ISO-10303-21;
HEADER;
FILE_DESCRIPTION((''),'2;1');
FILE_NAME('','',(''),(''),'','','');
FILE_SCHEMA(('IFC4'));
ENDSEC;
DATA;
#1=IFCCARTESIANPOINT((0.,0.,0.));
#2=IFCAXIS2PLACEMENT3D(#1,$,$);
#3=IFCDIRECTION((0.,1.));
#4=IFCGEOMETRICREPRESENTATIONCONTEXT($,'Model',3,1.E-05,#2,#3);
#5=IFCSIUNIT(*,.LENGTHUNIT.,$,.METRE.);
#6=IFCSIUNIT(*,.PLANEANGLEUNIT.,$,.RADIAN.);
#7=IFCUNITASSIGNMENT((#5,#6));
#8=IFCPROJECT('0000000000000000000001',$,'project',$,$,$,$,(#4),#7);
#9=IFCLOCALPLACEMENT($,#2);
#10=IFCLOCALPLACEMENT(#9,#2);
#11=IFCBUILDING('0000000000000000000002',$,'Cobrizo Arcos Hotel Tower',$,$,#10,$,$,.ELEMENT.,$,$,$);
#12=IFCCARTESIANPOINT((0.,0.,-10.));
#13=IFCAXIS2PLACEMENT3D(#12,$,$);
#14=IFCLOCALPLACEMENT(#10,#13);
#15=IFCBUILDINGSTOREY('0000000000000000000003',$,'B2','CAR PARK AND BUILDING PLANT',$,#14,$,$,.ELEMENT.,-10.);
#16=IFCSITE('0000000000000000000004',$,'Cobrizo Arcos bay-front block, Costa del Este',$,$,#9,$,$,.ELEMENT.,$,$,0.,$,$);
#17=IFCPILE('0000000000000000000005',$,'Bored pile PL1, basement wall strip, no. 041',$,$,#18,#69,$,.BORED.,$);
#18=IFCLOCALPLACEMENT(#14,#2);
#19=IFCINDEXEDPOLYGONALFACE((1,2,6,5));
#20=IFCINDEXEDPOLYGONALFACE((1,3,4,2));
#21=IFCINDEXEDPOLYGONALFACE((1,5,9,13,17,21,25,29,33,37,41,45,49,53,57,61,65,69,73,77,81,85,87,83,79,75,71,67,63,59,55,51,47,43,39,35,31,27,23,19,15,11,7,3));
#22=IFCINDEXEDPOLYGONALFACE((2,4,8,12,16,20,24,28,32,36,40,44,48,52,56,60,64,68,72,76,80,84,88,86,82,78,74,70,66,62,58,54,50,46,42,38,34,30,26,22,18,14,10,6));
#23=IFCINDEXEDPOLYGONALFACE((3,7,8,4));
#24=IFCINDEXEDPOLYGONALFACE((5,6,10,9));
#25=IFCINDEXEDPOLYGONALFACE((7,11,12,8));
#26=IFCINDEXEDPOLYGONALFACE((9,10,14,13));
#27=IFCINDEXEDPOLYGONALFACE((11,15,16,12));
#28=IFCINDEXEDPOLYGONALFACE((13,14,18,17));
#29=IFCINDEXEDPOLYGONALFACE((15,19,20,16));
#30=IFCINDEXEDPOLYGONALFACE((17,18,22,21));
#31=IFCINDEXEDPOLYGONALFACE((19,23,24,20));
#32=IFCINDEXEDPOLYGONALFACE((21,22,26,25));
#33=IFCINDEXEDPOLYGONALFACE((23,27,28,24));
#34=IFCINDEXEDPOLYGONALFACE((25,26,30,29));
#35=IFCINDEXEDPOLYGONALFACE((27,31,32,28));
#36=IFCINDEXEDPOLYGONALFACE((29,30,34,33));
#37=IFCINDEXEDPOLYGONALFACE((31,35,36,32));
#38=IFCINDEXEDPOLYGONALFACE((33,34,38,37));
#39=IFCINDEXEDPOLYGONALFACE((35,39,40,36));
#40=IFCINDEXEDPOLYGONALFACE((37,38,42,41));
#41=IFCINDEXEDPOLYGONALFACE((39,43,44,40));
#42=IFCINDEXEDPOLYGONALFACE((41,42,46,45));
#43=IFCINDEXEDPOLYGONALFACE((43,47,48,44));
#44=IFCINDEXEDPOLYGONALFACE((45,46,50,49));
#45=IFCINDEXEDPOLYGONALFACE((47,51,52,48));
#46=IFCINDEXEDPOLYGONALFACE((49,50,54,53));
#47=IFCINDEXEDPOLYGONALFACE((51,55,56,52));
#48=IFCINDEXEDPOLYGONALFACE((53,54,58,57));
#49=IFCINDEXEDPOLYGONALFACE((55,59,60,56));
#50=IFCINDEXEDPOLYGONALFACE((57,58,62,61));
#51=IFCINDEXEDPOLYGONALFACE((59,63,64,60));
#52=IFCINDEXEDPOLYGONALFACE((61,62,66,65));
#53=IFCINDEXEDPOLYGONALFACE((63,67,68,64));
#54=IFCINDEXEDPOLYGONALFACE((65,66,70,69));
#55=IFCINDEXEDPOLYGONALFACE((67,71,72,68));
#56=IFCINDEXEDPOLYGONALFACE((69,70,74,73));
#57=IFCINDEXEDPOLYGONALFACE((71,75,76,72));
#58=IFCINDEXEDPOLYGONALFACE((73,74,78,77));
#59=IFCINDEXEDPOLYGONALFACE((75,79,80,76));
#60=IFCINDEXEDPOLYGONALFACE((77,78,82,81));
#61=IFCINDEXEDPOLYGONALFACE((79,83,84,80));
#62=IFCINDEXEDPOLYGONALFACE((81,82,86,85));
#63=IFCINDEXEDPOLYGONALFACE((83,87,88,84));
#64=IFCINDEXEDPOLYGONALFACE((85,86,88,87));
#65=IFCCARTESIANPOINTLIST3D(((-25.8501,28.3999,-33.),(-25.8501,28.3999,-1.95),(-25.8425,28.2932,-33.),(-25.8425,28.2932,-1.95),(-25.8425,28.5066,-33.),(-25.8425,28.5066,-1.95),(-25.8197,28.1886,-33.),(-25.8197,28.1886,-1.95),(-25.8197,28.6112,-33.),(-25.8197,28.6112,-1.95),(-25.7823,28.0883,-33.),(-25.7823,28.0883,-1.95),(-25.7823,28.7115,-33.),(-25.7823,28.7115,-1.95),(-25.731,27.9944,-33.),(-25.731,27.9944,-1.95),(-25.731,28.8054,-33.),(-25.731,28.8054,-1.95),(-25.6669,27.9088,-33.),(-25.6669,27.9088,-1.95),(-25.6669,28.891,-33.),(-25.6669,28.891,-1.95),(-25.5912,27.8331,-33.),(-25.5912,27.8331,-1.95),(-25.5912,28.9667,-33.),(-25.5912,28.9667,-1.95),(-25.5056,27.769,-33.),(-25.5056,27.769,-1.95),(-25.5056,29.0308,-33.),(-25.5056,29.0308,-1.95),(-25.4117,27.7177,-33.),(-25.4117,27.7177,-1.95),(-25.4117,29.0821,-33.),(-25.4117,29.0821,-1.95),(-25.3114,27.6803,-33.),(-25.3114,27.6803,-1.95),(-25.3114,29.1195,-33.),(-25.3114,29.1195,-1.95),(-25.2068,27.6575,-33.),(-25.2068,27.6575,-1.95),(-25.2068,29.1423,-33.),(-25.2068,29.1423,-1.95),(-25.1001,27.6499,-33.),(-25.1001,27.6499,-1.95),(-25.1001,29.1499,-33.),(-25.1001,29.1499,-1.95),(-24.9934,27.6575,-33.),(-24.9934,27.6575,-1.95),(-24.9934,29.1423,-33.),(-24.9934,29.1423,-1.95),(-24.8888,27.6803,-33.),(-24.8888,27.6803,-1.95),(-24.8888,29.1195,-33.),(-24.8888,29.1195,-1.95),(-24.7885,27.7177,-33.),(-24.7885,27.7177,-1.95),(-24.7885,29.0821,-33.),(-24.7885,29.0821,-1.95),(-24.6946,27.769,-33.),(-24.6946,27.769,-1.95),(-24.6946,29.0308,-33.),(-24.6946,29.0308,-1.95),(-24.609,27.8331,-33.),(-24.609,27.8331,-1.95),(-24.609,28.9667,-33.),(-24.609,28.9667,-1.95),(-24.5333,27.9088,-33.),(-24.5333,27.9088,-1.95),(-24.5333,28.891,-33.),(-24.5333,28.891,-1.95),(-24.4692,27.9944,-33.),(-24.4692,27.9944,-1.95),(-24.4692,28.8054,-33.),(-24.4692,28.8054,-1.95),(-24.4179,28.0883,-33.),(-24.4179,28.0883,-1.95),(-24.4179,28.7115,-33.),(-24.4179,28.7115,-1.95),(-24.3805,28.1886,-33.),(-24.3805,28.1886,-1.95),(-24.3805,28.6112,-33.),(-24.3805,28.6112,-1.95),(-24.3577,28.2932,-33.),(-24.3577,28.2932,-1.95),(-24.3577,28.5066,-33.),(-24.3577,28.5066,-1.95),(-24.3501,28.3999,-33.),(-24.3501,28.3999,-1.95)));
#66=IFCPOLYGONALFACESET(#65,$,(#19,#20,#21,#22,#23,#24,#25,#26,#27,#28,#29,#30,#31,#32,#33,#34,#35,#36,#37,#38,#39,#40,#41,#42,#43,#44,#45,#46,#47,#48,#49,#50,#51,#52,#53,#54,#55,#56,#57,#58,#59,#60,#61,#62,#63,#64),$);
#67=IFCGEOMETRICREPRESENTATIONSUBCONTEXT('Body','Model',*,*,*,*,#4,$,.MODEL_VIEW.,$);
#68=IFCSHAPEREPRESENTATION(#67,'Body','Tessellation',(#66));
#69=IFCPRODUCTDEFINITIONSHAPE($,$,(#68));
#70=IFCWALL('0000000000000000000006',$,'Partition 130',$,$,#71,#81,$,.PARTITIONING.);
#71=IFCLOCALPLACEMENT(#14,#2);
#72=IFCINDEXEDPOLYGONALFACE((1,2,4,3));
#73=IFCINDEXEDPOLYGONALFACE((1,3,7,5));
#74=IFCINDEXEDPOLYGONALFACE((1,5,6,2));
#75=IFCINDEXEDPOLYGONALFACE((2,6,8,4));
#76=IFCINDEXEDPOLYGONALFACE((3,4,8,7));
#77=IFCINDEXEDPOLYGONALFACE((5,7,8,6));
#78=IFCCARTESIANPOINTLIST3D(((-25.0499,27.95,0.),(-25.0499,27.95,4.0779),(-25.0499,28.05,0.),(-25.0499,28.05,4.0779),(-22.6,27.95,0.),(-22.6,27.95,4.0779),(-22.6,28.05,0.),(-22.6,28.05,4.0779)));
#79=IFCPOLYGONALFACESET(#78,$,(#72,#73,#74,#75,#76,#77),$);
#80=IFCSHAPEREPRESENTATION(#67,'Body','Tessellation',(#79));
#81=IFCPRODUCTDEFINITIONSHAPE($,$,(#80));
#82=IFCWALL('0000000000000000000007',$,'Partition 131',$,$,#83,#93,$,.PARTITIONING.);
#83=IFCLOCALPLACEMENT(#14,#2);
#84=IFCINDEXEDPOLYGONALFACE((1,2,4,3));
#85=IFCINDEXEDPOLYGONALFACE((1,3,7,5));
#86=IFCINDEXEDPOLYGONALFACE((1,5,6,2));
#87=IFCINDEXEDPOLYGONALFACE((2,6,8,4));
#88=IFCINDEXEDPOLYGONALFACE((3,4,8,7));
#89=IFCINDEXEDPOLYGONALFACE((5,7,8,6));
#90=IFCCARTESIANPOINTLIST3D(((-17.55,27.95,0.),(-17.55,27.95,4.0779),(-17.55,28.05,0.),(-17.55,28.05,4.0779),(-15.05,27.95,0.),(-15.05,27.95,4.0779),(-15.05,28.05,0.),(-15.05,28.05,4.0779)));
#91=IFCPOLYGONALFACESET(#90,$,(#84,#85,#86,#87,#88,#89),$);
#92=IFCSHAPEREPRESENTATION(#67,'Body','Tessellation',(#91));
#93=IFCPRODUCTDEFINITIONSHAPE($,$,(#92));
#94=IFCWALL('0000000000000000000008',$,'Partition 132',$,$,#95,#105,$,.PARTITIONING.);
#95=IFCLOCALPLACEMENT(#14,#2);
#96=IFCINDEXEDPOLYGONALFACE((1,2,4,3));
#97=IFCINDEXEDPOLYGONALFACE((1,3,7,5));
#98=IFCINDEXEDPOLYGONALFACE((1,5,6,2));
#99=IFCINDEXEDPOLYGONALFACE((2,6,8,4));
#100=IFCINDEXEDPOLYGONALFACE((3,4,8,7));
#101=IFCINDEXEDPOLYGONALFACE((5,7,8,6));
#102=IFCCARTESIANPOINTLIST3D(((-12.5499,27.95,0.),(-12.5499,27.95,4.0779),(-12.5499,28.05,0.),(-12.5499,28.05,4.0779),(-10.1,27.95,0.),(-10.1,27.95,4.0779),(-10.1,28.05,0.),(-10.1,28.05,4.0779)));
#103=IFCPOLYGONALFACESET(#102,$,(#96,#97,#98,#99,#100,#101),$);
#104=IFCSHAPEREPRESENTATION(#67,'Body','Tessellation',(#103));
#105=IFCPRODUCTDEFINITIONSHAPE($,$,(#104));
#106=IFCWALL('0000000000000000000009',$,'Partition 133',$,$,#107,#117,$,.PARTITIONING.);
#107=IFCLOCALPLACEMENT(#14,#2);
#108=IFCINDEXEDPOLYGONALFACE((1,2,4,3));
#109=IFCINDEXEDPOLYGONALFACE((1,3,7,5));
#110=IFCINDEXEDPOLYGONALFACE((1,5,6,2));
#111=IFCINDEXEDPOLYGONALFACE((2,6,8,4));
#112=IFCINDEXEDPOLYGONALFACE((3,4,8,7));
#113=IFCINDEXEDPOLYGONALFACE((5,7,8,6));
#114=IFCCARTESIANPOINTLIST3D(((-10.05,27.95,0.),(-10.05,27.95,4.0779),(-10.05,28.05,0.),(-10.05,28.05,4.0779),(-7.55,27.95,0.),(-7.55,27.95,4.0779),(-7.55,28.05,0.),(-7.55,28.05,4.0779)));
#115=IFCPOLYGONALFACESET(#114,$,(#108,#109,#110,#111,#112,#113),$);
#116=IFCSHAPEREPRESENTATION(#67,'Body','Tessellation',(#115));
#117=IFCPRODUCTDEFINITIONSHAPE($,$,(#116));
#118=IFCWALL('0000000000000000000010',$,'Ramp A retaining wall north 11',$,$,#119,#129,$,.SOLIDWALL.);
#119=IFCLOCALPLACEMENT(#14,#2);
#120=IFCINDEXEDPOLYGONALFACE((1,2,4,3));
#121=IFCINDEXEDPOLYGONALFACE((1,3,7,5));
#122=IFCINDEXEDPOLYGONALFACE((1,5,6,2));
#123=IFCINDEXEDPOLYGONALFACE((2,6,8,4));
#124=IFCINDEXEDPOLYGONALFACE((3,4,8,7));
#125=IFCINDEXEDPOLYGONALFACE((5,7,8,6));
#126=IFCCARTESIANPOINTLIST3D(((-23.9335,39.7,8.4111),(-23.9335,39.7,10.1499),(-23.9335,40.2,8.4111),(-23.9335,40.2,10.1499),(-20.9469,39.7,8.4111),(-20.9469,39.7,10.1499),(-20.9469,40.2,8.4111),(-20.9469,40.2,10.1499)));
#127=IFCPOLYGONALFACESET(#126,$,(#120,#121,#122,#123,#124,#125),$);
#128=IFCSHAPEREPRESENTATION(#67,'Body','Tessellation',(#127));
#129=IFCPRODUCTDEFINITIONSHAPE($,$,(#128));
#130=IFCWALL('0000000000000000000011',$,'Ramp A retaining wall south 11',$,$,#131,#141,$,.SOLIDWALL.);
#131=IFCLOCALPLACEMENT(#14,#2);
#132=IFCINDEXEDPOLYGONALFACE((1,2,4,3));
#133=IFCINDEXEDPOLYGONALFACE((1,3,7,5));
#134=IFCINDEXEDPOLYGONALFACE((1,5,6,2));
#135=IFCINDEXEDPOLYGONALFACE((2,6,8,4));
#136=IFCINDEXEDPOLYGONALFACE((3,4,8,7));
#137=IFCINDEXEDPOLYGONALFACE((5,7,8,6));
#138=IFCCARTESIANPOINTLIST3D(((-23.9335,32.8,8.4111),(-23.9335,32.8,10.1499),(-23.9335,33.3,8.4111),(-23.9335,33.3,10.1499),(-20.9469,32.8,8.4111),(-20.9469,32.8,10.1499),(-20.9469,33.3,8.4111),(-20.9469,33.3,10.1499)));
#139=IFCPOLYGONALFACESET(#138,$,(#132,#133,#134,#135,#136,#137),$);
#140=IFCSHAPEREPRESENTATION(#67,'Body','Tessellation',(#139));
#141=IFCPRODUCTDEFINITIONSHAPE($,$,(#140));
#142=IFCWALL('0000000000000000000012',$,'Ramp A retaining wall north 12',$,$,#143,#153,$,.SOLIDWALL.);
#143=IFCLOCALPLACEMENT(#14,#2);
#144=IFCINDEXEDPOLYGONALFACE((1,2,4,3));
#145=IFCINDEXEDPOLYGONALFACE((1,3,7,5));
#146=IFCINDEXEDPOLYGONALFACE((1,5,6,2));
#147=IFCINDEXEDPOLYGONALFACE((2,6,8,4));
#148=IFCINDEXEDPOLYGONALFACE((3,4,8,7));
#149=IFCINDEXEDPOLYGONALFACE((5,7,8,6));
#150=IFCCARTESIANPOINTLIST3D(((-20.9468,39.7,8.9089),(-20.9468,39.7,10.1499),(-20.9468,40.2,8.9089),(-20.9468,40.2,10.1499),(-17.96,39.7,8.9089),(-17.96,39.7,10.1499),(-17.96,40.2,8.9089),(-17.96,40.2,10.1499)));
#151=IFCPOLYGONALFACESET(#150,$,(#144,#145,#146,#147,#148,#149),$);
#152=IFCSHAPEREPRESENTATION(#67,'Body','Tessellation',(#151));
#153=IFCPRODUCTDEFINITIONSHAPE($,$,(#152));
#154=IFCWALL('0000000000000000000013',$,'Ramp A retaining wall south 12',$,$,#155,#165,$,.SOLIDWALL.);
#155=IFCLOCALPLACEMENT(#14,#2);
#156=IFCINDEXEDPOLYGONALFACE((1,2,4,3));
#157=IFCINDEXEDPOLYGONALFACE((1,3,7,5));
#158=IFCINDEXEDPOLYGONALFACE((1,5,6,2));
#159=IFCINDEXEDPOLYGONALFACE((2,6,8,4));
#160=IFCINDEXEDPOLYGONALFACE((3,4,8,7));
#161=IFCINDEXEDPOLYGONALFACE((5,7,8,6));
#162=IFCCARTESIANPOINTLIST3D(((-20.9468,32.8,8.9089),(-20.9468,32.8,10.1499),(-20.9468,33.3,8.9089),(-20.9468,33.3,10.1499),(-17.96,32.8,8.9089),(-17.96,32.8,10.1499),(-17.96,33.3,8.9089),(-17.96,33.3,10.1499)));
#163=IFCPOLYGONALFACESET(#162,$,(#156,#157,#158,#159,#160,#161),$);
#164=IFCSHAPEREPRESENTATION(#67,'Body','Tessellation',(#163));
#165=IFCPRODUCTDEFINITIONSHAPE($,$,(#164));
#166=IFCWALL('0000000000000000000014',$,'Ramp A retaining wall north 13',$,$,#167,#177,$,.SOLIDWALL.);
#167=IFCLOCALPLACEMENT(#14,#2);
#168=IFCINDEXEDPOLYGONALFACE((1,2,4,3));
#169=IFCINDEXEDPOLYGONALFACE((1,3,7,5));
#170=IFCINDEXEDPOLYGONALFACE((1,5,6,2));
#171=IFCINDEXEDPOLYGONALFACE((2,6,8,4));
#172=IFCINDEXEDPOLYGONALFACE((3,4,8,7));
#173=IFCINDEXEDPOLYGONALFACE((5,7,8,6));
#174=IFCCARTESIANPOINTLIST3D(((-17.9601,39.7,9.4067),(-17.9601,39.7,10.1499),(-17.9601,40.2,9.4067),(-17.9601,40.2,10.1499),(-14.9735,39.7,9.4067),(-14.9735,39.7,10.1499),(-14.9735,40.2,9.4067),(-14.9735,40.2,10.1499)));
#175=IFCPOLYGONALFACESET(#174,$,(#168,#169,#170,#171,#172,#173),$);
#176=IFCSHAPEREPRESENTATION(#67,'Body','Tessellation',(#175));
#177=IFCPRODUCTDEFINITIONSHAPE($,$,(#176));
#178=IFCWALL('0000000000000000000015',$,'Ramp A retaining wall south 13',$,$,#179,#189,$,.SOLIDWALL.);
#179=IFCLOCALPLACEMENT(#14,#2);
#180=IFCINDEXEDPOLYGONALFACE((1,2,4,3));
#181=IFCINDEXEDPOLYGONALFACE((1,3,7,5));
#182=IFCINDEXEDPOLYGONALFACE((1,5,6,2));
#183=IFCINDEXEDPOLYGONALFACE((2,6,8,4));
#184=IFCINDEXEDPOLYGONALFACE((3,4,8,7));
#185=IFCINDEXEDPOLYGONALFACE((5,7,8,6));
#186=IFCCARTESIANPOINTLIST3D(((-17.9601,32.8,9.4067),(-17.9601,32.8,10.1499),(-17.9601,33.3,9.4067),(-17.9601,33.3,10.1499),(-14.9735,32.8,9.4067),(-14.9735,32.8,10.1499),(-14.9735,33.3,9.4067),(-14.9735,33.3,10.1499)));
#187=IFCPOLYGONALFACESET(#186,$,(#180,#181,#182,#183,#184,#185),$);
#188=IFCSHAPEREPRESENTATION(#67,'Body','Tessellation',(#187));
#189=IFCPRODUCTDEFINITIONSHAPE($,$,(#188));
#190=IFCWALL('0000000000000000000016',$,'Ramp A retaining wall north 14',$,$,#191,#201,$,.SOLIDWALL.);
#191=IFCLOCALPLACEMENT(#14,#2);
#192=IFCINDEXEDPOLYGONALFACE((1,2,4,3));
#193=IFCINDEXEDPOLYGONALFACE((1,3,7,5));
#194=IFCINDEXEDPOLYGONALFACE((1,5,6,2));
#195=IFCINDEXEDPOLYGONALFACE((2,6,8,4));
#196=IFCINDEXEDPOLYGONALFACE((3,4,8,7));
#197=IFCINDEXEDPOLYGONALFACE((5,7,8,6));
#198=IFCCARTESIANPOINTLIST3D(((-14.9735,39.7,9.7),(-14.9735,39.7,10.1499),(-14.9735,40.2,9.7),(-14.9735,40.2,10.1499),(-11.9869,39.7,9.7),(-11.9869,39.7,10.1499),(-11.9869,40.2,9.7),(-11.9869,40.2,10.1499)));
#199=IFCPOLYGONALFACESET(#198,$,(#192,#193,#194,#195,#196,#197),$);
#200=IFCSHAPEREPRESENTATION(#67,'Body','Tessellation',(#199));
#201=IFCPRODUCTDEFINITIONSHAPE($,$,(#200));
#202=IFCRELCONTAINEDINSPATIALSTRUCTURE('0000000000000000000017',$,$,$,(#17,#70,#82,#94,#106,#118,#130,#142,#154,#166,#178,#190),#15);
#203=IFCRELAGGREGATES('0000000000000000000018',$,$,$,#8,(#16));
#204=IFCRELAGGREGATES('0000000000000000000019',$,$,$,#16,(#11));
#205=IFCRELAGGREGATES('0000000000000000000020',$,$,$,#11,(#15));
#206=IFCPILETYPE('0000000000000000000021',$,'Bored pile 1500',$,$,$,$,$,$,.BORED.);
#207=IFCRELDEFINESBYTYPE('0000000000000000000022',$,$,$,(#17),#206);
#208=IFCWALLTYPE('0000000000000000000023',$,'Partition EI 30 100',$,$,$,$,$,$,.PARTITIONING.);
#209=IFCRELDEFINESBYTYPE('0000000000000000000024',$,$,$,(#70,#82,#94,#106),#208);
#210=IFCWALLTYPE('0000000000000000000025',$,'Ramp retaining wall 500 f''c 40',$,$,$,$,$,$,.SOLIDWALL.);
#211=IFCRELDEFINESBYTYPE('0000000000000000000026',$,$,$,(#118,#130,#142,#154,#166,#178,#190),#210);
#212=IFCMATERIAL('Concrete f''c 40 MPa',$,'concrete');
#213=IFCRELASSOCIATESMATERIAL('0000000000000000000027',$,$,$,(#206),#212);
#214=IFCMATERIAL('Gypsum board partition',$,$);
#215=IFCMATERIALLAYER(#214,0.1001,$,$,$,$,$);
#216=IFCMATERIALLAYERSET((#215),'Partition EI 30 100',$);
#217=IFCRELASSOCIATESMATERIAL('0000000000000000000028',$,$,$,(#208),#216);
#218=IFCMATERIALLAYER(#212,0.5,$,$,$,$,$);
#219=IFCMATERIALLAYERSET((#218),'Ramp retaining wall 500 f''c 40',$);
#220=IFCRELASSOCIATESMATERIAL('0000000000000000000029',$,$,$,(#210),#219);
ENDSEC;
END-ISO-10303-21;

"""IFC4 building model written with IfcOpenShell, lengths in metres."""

from ifc_helpers import new_model, si_unit, direction, frame, frame_2d, origin, origin_2d, place, context, subcontext, project, spatial, rectangle, circle, extrude, material, layer, layer_set, material_profile, profile_set, type_object, element, save


model = new_model("IFC4")

# Units and contexts
model_context = context("Model", 3, precision=1e-05, world=origin(), true_north=direction((0.0, 1.0)))
body_context = subcontext(model_context, "Body", "Model", "MODEL_VIEW")
ifc_project = project(units=[si_unit("LENGTHUNIT", "METRE"), si_unit("PLANEANGLEUNIT", "RADIAN")], contexts=[model_context])

# Site, building, storey
site_placement = place(None, origin())
site = spatial("IfcSite", under=ifc_project, at=site_placement, Name="Cobrizo Arcos bay-front block, Costa del Este", CompositionType="ELEMENT", RefElevation=0.0)
building_placement = place(site_placement, origin())
building = spatial("IfcBuilding", under=site, at=building_placement, Name="Cobrizo Arcos Hotel Tower", CompositionType="ELEMENT")
storey_placement = place(building_placement, frame((0.0, 0.0, -10.0)))
storey = spatial("IfcBuildingStorey", under=building, at=storey_placement, Name="B2", Description="CAR PARK AND BUILDING PLANT", CompositionType="ELEMENT", Elevation=-10.0)

# Pile
ifc_material_1 = material(Name="Concrete f'c 40 MPa", Category="concrete")
ifc_material_profile = material_profile(ifc_material_1, circle(Radius=0.75, at=origin_2d()), Name="BORED PILE 1500")
ifc_profile_set = profile_set([ifc_material_profile], Name="Concrete f'c 40 MPa")
pile_type = type_object("IfcPileType", Name="Bored pile 1500", PredefinedType="BORED", material=ifc_profile_set)
for number, where, z_axis, x_axis, name in (
    (1, (-25.1001, 28.3999, -1.95), (0.0, 0.0, -1.0), (1.0, 0.0, 0.0), "Bored pile PL1, basement wall strip, no. 041"),
):
    element("IfcPile", number, at=place(storey_placement, frame(where, z_axis=z_axis, x_axis=x_axis)), inside=storey, type_object=pile_type, Name=name, PredefinedType="BORED", context=body_context, shape_type="SweptSolid", body=[
        extrude(circle(Radius=0.75, at=origin_2d()), origin(), (0.0, 0.0, 1.0), 31.05),
    ])

# Walls
ifc_material_2 = material(Name="Gypsum board partition")
ifc_layer_1 = layer(ifc_material_2, 0.1001)
ifc_layer_set_1 = layer_set([ifc_layer_1], Name="Partition EI 30 100")
wall_type_1 = type_object("IfcWallType", Name="Partition EI 30 100", PredefinedType="PARTITIONING", material=ifc_layer_set_1)
wall_1_placement = place(storey_placement, frame((-25.05, 28.0, 0.0), z_axis=(0.0, 0.0, 1.0), x_axis=(1.0, 0.0, 0.0)))
element("IfcWall", 2, at=wall_1_placement, inside=storey, type_object=wall_type_1, Name="Partition 130", PredefinedType="PARTITIONING", context=body_context, shape_type="SweptSolid", body=[
    extrude(rectangle(XDim=2.45, YDim=0.1001, at=frame_2d((1.2251, 0.0))), origin(), (0.0, 0.0, 1.0), 4.0779),
])
wall_2_placement = place(storey_placement, frame((-17.55, 28.0, 0.0), z_axis=(0.0, 0.0, 1.0), x_axis=(1.0, 0.0, 0.0)))
element("IfcWall", 3, at=wall_2_placement, inside=storey, type_object=wall_type_1, Name="Partition 131", PredefinedType="PARTITIONING", context=body_context, shape_type="SweptSolid", body=[
    extrude(rectangle(XDim=2.5, YDim=0.1001, at=frame_2d((1.25, 0.0))), origin(), (0.0, 0.0, 1.0), 4.0779),
])
wall_3_placement = place(storey_placement, frame((-12.55, 28.0, 0.0), z_axis=(0.0, 0.0, 1.0), x_axis=(1.0, 0.0, 0.0)))
element("IfcWall", 4, at=wall_3_placement, inside=storey, type_object=wall_type_1, Name="Partition 132", PredefinedType="PARTITIONING", context=body_context, shape_type="SweptSolid", body=[
    extrude(rectangle(XDim=2.45, YDim=0.1001, at=frame_2d((1.2251, 0.0))), origin(), (0.0, 0.0, 1.0), 4.0779),
])
wall_4_placement = place(storey_placement, frame((-10.05, 28.0, 0.0), z_axis=(0.0, 0.0, 1.0), x_axis=(1.0, 0.0, 0.0)))
element("IfcWall", 5, at=wall_4_placement, inside=storey, type_object=wall_type_1, Name="Partition 133", PredefinedType="PARTITIONING", context=body_context, shape_type="SweptSolid", body=[
    extrude(rectangle(XDim=2.5, YDim=0.1001, at=frame_2d((1.25, 0.0))), origin(), (0.0, 0.0, 1.0), 4.0779),
])
ifc_layer_2 = layer(ifc_material_1, 0.5)
ifc_layer_set_2 = layer_set([ifc_layer_2], Name="Ramp retaining wall 500 f'c 40")
wall_type_2 = type_object("IfcWallType", Name="Ramp retaining wall 500 f'c 40", PredefinedType="SOLIDWALL", material=ifc_layer_set_2)
for number, where, z_axis, x_axis, name in (
    (6, (-23.9333, 39.95, 8.4111), (0.0, 0.0, 1.0), (1.0, 0.0, 0.0), "Ramp A retaining wall north 11"),
    (7, (-23.9333, 33.05, 8.4111), (0.0, 0.0, 1.0), (1.0, 0.0, 0.0), "Ramp A retaining wall south 11"),
):
    element("IfcWall", number, at=place(storey_placement, frame(where, z_axis=z_axis, x_axis=x_axis)), inside=storey, type_object=wall_type_2, Name=name, PredefinedType="SOLIDWALL", context=body_context, shape_type="SweptSolid", body=[
        extrude(rectangle(XDim=2.9866, YDim=0.5, at=frame_2d((1.4932, 0.0))), origin(), (0.0, 0.0, 1.0), 1.7388),
    ])
for number, where, z_axis, x_axis, name in (
    (8, (-20.9468, 39.95, 8.9089), (0.0, 0.0, 1.0), (1.0, 0.0, 0.0), "Ramp A retaining wall north 12"),
    (9, (-20.9468, 33.05, 8.9089), (0.0, 0.0, 1.0), (1.0, 0.0, 0.0), "Ramp A retaining wall south 12"),
):
    element("IfcWall", number, at=place(storey_placement, frame(where, z_axis=z_axis, x_axis=x_axis)), inside=storey, type_object=wall_type_2, Name=name, PredefinedType="SOLIDWALL", context=body_context, shape_type="SweptSolid", body=[
        extrude(rectangle(XDim=2.9868, YDim=0.5, at=frame_2d((1.4934, 0.0))), origin(), (0.0, 0.0, 1.0), 1.241),
    ])
for number, where, z_axis, x_axis, name in (
    (10, (-17.96, 39.95, 9.4067), (0.0, 0.0, 1.0), (1.0, 0.0, 0.0), "Ramp A retaining wall north 13"),
    (11, (-17.96, 33.05, 9.4067), (0.0, 0.0, 1.0), (1.0, 0.0, 0.0), "Ramp A retaining wall south 13"),
):
    element("IfcWall", number, at=place(storey_placement, frame(where, z_axis=z_axis, x_axis=x_axis)), inside=storey, type_object=wall_type_2, Name=name, PredefinedType="SOLIDWALL", context=body_context, shape_type="SweptSolid", body=[
        extrude(rectangle(XDim=2.9866, YDim=0.5, at=frame_2d((1.4932, 0.0))), origin(), (0.0, 0.0, 1.0), 0.7432),
    ])
for number, where, z_axis, x_axis, name in (
    (12, (-14.9734, 39.95, 9.7), (0.0, 0.0, 1.0), (1.0, 0.0, 0.0), "Ramp A retaining wall north 14"),
):
    element("IfcWall", number, at=place(storey_placement, frame(where, z_axis=z_axis, x_axis=x_axis)), inside=storey, type_object=wall_type_2, Name=name, PredefinedType="SOLIDWALL", context=body_context, shape_type="SweptSolid", body=[
        extrude(rectangle(XDim=2.9866, YDim=0.5, at=frame_2d((1.4932, 0.0))), origin(), (0.0, 0.0, 1.0), 0.45),
    ])

save(model, "model.ifc")
